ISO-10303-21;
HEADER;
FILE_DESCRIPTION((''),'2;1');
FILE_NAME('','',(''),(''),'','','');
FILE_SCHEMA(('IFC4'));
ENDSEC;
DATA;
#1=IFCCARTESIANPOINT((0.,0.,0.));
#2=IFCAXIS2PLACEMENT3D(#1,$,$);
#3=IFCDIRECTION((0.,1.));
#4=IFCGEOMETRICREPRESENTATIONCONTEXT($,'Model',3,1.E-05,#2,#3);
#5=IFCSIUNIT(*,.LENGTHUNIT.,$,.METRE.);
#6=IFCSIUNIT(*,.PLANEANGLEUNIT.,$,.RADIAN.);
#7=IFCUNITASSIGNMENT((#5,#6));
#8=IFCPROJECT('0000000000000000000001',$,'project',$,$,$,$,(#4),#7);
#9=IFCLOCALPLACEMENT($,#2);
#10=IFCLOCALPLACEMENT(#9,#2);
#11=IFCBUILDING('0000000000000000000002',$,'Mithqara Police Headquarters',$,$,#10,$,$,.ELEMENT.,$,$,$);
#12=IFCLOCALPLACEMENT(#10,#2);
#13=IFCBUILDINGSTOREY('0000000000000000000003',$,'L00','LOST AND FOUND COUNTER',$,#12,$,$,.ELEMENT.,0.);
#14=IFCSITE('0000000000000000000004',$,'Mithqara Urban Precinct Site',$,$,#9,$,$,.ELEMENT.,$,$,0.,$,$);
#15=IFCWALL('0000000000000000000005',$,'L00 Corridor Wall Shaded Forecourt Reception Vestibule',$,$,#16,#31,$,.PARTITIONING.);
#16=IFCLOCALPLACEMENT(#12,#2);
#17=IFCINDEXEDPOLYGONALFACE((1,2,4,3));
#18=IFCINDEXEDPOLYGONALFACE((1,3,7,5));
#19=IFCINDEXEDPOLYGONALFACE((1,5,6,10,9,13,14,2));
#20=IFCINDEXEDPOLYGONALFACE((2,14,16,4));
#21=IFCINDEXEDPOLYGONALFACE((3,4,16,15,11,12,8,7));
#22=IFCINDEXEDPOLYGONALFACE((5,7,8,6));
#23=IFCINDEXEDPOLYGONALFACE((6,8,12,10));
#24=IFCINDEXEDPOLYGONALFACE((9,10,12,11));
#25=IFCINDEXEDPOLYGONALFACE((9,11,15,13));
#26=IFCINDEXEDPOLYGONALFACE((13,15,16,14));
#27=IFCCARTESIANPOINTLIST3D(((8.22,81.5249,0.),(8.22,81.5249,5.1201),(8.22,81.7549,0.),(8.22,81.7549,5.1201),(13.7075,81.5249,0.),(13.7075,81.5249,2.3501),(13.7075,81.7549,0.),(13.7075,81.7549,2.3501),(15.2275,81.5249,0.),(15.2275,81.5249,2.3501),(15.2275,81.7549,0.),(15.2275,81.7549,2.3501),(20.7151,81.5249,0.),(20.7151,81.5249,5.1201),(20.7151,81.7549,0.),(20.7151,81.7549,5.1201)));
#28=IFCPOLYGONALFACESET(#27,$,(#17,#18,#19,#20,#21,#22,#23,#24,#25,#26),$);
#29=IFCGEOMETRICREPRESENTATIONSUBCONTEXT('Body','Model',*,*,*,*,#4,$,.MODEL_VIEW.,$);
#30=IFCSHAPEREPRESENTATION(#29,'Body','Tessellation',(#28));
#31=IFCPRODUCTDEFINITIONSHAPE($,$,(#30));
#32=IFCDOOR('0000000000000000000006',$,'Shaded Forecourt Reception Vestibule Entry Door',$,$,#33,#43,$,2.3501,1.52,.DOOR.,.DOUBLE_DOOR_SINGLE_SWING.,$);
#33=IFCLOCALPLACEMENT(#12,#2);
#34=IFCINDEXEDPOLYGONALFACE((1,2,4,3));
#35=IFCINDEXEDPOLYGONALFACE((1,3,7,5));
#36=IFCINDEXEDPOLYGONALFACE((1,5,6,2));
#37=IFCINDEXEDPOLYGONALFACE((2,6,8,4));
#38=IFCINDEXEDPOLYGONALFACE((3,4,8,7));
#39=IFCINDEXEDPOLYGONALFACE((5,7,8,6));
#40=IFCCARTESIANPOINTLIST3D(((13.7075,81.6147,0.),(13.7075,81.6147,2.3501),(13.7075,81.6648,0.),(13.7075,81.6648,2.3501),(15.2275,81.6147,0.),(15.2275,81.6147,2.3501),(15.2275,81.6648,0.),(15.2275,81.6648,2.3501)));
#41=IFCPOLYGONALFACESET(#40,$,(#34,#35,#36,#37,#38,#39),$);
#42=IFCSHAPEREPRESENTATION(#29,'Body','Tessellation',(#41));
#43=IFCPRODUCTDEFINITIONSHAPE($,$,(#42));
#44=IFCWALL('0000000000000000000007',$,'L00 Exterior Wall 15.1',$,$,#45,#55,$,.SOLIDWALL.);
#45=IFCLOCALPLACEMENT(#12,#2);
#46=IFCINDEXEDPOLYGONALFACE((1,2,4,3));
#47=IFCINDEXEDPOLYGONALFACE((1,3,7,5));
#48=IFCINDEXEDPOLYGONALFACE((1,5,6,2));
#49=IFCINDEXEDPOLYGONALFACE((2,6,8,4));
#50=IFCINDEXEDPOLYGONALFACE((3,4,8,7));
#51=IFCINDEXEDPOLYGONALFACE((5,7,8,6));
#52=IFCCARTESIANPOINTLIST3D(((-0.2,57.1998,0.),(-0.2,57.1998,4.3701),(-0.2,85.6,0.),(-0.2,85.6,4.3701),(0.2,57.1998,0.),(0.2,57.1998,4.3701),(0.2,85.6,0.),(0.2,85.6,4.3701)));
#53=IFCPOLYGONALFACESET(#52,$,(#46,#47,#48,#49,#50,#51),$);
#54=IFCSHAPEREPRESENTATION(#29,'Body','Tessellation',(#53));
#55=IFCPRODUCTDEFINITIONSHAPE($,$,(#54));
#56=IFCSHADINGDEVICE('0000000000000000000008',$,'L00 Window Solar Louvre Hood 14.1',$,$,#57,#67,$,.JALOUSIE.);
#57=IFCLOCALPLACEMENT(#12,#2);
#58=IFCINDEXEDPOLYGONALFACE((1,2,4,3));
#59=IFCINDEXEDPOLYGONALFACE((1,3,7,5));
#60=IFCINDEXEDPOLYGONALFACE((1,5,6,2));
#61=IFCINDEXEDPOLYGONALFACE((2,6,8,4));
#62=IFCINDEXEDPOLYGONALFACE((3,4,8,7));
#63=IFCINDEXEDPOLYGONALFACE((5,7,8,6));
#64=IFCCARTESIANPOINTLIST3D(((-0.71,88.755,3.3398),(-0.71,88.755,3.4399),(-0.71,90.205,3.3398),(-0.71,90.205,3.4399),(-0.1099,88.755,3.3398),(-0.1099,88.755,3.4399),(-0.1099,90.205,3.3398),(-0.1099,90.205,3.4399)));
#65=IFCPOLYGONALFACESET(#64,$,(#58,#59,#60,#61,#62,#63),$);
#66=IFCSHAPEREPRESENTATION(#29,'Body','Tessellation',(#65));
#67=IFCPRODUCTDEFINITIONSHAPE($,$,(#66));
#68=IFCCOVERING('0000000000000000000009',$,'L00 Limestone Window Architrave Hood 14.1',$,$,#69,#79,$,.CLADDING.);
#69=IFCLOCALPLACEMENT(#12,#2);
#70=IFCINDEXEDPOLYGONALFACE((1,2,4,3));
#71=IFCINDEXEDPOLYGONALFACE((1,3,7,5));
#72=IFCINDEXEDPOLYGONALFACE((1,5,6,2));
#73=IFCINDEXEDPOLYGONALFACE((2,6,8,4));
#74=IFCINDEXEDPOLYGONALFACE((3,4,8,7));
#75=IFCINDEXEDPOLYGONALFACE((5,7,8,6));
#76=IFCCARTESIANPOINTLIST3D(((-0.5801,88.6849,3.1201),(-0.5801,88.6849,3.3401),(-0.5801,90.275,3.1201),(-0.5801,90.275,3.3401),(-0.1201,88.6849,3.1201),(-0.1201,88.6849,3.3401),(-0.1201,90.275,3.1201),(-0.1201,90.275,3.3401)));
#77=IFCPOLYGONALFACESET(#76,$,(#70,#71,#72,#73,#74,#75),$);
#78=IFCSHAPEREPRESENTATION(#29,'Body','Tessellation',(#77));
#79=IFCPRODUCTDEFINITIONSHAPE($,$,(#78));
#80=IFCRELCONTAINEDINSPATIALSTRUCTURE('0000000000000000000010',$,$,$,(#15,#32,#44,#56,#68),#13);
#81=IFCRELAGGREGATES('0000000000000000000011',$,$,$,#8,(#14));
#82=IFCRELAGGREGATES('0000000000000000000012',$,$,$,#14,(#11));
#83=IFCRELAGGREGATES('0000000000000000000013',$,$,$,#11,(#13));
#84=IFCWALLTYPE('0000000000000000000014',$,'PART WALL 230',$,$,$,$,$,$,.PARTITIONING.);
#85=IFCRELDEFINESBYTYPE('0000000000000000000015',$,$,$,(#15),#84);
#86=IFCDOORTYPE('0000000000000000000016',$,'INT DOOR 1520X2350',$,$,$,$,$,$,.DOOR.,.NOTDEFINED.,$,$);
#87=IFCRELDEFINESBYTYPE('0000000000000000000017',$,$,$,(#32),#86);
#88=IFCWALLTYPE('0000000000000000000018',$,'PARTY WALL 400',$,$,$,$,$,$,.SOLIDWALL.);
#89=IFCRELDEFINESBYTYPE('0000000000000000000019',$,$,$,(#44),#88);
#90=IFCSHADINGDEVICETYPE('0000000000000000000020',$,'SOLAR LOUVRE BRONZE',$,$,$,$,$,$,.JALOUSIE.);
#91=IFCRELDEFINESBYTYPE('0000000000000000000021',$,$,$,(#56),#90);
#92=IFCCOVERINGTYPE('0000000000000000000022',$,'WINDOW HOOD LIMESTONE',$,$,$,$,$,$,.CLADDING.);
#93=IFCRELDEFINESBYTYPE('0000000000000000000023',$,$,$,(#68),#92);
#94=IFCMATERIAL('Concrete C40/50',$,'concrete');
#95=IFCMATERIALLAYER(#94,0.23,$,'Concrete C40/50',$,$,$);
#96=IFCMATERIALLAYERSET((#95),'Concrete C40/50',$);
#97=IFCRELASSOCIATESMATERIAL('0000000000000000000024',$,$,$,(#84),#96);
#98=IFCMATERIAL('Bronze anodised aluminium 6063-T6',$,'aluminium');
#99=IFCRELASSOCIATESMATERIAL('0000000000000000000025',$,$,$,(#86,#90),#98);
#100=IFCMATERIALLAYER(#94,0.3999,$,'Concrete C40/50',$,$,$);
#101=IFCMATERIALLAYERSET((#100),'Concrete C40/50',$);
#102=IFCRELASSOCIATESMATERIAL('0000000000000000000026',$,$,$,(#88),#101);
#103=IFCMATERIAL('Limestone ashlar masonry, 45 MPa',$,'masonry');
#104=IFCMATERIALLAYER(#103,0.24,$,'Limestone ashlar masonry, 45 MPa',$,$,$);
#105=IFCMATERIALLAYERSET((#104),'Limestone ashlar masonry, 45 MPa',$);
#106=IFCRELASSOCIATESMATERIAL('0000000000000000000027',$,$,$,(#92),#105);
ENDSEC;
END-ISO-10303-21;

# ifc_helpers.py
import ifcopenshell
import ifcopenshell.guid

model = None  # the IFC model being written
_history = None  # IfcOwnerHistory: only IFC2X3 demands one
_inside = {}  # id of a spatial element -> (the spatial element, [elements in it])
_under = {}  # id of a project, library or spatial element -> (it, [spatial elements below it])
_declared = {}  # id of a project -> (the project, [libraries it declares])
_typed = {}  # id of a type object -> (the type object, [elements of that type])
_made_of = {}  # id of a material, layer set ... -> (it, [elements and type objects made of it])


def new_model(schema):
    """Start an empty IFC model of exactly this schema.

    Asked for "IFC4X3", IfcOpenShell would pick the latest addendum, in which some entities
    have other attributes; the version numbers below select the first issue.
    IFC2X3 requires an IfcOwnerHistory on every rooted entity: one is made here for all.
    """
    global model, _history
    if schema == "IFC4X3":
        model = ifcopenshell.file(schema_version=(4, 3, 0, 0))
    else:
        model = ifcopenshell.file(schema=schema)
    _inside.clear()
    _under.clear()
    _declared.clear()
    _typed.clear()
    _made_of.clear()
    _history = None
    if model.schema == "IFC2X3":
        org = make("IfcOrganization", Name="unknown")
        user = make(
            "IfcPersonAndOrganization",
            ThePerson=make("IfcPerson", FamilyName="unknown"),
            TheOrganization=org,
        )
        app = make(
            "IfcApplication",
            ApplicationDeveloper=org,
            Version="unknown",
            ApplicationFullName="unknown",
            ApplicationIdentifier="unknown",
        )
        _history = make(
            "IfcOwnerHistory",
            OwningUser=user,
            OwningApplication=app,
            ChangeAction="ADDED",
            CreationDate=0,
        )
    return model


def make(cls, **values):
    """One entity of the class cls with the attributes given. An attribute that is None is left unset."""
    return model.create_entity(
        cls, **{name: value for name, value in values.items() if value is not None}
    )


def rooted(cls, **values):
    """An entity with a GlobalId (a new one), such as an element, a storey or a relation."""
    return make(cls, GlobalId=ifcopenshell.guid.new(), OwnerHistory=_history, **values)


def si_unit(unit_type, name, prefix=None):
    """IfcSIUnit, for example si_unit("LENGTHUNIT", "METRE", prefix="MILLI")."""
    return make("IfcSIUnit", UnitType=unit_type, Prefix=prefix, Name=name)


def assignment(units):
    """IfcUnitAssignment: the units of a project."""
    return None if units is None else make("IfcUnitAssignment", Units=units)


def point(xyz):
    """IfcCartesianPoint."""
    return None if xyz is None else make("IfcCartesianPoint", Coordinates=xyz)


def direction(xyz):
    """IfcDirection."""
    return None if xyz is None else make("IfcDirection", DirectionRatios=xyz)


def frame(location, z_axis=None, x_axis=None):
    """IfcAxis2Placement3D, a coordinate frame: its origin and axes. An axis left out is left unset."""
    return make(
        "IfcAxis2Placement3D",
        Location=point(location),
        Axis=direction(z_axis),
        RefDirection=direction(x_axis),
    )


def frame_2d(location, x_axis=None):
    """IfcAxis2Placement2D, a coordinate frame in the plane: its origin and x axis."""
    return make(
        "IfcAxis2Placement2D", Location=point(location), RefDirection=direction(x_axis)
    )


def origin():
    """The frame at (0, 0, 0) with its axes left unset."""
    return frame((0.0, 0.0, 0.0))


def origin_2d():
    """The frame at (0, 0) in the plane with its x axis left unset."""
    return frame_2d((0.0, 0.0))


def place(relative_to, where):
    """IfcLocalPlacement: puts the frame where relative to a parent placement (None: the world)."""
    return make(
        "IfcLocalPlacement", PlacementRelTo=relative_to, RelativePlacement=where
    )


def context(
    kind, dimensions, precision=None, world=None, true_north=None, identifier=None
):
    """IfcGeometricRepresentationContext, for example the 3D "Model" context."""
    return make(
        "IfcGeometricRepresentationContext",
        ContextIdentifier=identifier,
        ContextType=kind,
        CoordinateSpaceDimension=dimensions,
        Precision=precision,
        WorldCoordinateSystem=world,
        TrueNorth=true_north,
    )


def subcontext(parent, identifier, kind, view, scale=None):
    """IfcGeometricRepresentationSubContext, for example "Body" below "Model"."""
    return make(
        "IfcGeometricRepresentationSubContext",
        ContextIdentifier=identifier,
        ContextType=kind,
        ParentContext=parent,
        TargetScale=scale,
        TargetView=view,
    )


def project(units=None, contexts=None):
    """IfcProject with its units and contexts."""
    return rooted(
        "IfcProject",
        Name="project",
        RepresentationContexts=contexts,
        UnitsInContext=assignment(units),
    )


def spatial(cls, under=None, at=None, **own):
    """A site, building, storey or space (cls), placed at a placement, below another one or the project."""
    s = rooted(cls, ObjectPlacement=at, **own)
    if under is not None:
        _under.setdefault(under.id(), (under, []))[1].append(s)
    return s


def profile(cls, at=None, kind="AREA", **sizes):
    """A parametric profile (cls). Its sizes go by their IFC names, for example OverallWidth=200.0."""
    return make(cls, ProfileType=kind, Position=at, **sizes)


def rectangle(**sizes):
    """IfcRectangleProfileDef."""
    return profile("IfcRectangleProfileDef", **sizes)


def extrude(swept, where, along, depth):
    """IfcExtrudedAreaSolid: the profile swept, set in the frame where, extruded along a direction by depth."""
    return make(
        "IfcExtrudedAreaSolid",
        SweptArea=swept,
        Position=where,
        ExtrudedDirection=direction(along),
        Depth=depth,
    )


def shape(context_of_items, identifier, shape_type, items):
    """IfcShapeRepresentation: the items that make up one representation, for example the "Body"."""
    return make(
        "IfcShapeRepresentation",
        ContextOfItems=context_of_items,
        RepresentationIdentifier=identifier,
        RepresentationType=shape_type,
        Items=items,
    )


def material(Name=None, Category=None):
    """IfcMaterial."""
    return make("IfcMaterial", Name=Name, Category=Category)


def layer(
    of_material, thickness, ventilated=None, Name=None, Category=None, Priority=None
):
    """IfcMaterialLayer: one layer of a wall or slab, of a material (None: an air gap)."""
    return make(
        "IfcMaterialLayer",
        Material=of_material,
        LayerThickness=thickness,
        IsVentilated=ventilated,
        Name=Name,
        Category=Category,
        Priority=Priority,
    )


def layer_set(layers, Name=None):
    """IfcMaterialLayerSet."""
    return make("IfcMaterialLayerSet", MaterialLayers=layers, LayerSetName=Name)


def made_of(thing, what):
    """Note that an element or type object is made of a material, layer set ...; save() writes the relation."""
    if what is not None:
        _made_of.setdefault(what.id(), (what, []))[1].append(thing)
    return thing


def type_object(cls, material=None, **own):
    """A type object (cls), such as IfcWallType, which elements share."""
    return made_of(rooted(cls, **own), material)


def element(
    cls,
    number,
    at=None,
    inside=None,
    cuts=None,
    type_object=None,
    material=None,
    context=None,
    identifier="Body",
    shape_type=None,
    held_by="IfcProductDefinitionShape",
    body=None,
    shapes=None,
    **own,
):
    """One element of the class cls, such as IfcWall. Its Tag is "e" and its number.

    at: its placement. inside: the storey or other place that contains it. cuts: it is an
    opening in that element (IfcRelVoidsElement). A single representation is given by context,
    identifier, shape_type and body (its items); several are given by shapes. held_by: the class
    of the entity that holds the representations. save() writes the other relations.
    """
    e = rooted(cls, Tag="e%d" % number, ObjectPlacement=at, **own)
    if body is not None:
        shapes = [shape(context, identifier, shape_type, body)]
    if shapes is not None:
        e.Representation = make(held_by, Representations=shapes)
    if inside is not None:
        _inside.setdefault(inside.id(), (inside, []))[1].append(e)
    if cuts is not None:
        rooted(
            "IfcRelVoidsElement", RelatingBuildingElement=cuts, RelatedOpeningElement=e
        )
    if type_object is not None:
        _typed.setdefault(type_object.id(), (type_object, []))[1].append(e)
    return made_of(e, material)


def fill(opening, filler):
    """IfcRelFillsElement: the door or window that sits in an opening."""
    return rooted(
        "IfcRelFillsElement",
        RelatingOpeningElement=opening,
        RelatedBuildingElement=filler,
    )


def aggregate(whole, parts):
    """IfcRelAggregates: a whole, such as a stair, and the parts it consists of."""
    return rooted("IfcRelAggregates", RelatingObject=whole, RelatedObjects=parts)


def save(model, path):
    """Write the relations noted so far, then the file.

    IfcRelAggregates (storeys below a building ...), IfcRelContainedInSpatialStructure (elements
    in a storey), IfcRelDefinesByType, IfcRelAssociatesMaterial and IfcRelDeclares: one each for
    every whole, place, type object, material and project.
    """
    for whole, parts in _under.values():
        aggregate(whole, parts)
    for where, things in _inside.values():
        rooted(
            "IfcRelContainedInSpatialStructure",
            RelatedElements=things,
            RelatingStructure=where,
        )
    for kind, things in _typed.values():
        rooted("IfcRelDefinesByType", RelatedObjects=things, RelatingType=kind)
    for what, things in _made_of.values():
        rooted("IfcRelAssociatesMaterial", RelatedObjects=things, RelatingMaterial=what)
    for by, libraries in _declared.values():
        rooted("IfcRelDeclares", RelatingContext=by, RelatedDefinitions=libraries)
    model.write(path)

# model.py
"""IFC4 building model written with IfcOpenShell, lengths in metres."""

from ifc_helpers import new_model, si_unit, direction, frame, frame_2d, origin, origin_2d, place, context, subcontext, project, spatial, rectangle, extrude, material, layer, layer_set, type_object, element, fill, save


model = new_model("IFC4")

# Units and contexts
model_context = context("Model", 3, precision=1e-05, world=origin(), true_north=direction((0.0, 1.0)))
body_context = subcontext(model_context, "Body", "Model", "MODEL_VIEW")
ifc_project = project(units=[si_unit("LENGTHUNIT", "METRE"), si_unit("PLANEANGLEUNIT", "RADIAN")], contexts=[model_context])

# Site, building, storey
site_placement = place(None, origin())
site = spatial("IfcSite", under=ifc_project, at=site_placement, Name="Mithqara Urban Precinct Site", CompositionType="ELEMENT", RefElevation=0.0)
building_placement = place(site_placement, origin())
building = spatial("IfcBuilding", under=site, at=building_placement, Name="Mithqara Police Headquarters", CompositionType="ELEMENT")
storey_placement = place(building_placement, origin())
storey = spatial("IfcBuildingStorey", under=building, at=storey_placement, Name="L00", Description="LOST AND FOUND COUNTER", CompositionType="ELEMENT", Elevation=0.0)

# Shared definitions
ifc_material_1 = material(Name="Concrete C40/50", Category="concrete")

# Shared definitions
ifc_material_2 = material(Name="Bronze anodised aluminium 6063-T6", Category="aluminium")

# Wall, opening, door
ifc_layer_1 = layer(ifc_material_1, 0.23, Name="Concrete C40/50")
ifc_layer_set_1 = layer_set([ifc_layer_1], Name="Concrete C40/50")
wall_type_1 = type_object("IfcWallType", Name="PART WALL 230", PredefinedType="PARTITIONING", material=ifc_layer_set_1)
wall_1_placement = place(storey_placement, frame((8.22, 81.6399, 0.0), z_axis=(0.0, 0.0, 1.0), x_axis=(1.0, 0.0, 0.0)))
wall_1 = element("IfcWall", 1, at=wall_1_placement, inside=storey, type_object=wall_type_1, Name="L00 Corridor Wall Shaded Forecourt Reception Vestibule", PredefinedType="PARTITIONING", context=body_context, shape_type="SweptSolid", body=[
    extrude(rectangle(XDim=12.4951, YDim=0.23, at=frame_2d((6.2476, 0.0))), origin(), (0.0, 0.0, 1.0), 5.1201),
])
opening_placement = place(wall_1_placement, frame((5.4875, 0.0, 0.0)))
opening = element("IfcOpeningElement", 2, at=opening_placement, cuts=wall_1, PredefinedType="OPENING", context=body_context, shape_type="SweptSolid", body=[
    extrude(rectangle(XDim=1.52, YDim=2.3501, at=frame_2d((0.76, 1.175))), frame((0.0, 0.125, 0.0), z_axis=(0.0, -1.0, 0.0), x_axis=(1.0, 0.0, 0.0)), (0.0, 0.0, 1.0), 0.25),
])
door_type = type_object("IfcDoorType", Name="INT DOOR 1520X2350", OperationType="NOTDEFINED", PredefinedType="DOOR", material=ifc_material_2)
door_placement = place(opening_placement, origin())
door = element("IfcDoor", 3, at=door_placement, inside=storey, type_object=door_type, Name="Shaded Forecourt Reception Vestibule Entry Door", OperationType="DOUBLE_DOOR_SINGLE_SWING", OverallHeight=2.3501, OverallWidth=1.52, PredefinedType="DOOR", context=body_context, shape_type="SweptSolid", body=[
    extrude(rectangle(XDim=1.52, YDim=2.3501, at=frame_2d((0.76, 1.175))), frame((0.0, 0.0249, 0.0), z_axis=(0.0, -1.0, 0.0), x_axis=(1.0, 0.0, 0.0)), (0.0, 0.0, 1.0), 0.05),
])
fill(opening, door)

# Wall
ifc_layer_2 = layer(ifc_material_1, 0.3999, Name="Concrete C40/50")
ifc_layer_set_2 = layer_set([ifc_layer_2], Name="Concrete C40/50")
wall_type_2 = type_object("IfcWallType", Name="PARTY WALL 400", PredefinedType="SOLIDWALL", material=ifc_layer_set_2)
wall_2_placement = place(storey_placement, frame((0.0, 85.6001, 0.0), z_axis=(0.0, 0.0, 1.0), x_axis=(0.0, -1.0, 0.0)))
element("IfcWall", 4, at=wall_2_placement, inside=storey, type_object=wall_type_2, Name="L00 Exterior Wall 15.1", PredefinedType="SOLIDWALL", context=body_context, shape_type="SweptSolid", body=[
    extrude(rectangle(XDim=28.4001, YDim=0.3999, at=frame_2d((14.2002, 0.0))), origin(), (0.0, 0.0, 1.0), 4.3701),
])

# Shading device
shading_device_type = type_object("IfcShadingDeviceType", Name="SOLAR LOUVRE BRONZE", PredefinedType="JALOUSIE", material=ifc_material_2)
shading_device_placement = place(storey_placement, frame((-0.4099, 89.48, 3.3398), z_axis=(0.0, 0.0, 1.0), x_axis=(0.0, 1.0, 0.0)))
element("IfcShadingDevice", 5, at=shading_device_placement, inside=storey, type_object=shading_device_type, Name="L00 Window Solar Louvre Hood 14.1", PredefinedType="JALOUSIE", context=body_context, shape_type="SweptSolid", body=[
    extrude(rectangle(XDim=1.45, YDim=0.6001, at=origin_2d()), origin(), (0.0, 0.0, 1.0), 0.1001),
])

# Covering
ifc_material_3 = material(Name="Limestone ashlar masonry, 45 MPa", Category="masonry")
ifc_layer_3 = layer(ifc_material_3, 0.24, Name="Limestone ashlar masonry, 45 MPa")
ifc_layer_set_3 = layer_set([ifc_layer_3], Name="Limestone ashlar masonry, 45 MPa")
covering_type = type_object("IfcCoveringType", Name="WINDOW HOOD LIMESTONE", PredefinedType="CLADDING", material=ifc_layer_set_3)
covering_placement = place(storey_placement, frame((-0.3501, 89.48, 3.1201), z_axis=(0.0, 0.0, 1.0), x_axis=(0.0, 1.0, 0.0)))
element("IfcCovering", 6, at=covering_placement, inside=storey, type_object=covering_type, Name="L00 Limestone Window Architrave Hood 14.1", PredefinedType="CLADDING", context=body_context, shape_type="SweptSolid", body=[
    extrude(rectangle(XDim=1.5901, YDim=0.46, at=origin_2d()), origin(), (0.0, 0.0, 1.0), 0.22),
])

save(model, "model.ifc")
